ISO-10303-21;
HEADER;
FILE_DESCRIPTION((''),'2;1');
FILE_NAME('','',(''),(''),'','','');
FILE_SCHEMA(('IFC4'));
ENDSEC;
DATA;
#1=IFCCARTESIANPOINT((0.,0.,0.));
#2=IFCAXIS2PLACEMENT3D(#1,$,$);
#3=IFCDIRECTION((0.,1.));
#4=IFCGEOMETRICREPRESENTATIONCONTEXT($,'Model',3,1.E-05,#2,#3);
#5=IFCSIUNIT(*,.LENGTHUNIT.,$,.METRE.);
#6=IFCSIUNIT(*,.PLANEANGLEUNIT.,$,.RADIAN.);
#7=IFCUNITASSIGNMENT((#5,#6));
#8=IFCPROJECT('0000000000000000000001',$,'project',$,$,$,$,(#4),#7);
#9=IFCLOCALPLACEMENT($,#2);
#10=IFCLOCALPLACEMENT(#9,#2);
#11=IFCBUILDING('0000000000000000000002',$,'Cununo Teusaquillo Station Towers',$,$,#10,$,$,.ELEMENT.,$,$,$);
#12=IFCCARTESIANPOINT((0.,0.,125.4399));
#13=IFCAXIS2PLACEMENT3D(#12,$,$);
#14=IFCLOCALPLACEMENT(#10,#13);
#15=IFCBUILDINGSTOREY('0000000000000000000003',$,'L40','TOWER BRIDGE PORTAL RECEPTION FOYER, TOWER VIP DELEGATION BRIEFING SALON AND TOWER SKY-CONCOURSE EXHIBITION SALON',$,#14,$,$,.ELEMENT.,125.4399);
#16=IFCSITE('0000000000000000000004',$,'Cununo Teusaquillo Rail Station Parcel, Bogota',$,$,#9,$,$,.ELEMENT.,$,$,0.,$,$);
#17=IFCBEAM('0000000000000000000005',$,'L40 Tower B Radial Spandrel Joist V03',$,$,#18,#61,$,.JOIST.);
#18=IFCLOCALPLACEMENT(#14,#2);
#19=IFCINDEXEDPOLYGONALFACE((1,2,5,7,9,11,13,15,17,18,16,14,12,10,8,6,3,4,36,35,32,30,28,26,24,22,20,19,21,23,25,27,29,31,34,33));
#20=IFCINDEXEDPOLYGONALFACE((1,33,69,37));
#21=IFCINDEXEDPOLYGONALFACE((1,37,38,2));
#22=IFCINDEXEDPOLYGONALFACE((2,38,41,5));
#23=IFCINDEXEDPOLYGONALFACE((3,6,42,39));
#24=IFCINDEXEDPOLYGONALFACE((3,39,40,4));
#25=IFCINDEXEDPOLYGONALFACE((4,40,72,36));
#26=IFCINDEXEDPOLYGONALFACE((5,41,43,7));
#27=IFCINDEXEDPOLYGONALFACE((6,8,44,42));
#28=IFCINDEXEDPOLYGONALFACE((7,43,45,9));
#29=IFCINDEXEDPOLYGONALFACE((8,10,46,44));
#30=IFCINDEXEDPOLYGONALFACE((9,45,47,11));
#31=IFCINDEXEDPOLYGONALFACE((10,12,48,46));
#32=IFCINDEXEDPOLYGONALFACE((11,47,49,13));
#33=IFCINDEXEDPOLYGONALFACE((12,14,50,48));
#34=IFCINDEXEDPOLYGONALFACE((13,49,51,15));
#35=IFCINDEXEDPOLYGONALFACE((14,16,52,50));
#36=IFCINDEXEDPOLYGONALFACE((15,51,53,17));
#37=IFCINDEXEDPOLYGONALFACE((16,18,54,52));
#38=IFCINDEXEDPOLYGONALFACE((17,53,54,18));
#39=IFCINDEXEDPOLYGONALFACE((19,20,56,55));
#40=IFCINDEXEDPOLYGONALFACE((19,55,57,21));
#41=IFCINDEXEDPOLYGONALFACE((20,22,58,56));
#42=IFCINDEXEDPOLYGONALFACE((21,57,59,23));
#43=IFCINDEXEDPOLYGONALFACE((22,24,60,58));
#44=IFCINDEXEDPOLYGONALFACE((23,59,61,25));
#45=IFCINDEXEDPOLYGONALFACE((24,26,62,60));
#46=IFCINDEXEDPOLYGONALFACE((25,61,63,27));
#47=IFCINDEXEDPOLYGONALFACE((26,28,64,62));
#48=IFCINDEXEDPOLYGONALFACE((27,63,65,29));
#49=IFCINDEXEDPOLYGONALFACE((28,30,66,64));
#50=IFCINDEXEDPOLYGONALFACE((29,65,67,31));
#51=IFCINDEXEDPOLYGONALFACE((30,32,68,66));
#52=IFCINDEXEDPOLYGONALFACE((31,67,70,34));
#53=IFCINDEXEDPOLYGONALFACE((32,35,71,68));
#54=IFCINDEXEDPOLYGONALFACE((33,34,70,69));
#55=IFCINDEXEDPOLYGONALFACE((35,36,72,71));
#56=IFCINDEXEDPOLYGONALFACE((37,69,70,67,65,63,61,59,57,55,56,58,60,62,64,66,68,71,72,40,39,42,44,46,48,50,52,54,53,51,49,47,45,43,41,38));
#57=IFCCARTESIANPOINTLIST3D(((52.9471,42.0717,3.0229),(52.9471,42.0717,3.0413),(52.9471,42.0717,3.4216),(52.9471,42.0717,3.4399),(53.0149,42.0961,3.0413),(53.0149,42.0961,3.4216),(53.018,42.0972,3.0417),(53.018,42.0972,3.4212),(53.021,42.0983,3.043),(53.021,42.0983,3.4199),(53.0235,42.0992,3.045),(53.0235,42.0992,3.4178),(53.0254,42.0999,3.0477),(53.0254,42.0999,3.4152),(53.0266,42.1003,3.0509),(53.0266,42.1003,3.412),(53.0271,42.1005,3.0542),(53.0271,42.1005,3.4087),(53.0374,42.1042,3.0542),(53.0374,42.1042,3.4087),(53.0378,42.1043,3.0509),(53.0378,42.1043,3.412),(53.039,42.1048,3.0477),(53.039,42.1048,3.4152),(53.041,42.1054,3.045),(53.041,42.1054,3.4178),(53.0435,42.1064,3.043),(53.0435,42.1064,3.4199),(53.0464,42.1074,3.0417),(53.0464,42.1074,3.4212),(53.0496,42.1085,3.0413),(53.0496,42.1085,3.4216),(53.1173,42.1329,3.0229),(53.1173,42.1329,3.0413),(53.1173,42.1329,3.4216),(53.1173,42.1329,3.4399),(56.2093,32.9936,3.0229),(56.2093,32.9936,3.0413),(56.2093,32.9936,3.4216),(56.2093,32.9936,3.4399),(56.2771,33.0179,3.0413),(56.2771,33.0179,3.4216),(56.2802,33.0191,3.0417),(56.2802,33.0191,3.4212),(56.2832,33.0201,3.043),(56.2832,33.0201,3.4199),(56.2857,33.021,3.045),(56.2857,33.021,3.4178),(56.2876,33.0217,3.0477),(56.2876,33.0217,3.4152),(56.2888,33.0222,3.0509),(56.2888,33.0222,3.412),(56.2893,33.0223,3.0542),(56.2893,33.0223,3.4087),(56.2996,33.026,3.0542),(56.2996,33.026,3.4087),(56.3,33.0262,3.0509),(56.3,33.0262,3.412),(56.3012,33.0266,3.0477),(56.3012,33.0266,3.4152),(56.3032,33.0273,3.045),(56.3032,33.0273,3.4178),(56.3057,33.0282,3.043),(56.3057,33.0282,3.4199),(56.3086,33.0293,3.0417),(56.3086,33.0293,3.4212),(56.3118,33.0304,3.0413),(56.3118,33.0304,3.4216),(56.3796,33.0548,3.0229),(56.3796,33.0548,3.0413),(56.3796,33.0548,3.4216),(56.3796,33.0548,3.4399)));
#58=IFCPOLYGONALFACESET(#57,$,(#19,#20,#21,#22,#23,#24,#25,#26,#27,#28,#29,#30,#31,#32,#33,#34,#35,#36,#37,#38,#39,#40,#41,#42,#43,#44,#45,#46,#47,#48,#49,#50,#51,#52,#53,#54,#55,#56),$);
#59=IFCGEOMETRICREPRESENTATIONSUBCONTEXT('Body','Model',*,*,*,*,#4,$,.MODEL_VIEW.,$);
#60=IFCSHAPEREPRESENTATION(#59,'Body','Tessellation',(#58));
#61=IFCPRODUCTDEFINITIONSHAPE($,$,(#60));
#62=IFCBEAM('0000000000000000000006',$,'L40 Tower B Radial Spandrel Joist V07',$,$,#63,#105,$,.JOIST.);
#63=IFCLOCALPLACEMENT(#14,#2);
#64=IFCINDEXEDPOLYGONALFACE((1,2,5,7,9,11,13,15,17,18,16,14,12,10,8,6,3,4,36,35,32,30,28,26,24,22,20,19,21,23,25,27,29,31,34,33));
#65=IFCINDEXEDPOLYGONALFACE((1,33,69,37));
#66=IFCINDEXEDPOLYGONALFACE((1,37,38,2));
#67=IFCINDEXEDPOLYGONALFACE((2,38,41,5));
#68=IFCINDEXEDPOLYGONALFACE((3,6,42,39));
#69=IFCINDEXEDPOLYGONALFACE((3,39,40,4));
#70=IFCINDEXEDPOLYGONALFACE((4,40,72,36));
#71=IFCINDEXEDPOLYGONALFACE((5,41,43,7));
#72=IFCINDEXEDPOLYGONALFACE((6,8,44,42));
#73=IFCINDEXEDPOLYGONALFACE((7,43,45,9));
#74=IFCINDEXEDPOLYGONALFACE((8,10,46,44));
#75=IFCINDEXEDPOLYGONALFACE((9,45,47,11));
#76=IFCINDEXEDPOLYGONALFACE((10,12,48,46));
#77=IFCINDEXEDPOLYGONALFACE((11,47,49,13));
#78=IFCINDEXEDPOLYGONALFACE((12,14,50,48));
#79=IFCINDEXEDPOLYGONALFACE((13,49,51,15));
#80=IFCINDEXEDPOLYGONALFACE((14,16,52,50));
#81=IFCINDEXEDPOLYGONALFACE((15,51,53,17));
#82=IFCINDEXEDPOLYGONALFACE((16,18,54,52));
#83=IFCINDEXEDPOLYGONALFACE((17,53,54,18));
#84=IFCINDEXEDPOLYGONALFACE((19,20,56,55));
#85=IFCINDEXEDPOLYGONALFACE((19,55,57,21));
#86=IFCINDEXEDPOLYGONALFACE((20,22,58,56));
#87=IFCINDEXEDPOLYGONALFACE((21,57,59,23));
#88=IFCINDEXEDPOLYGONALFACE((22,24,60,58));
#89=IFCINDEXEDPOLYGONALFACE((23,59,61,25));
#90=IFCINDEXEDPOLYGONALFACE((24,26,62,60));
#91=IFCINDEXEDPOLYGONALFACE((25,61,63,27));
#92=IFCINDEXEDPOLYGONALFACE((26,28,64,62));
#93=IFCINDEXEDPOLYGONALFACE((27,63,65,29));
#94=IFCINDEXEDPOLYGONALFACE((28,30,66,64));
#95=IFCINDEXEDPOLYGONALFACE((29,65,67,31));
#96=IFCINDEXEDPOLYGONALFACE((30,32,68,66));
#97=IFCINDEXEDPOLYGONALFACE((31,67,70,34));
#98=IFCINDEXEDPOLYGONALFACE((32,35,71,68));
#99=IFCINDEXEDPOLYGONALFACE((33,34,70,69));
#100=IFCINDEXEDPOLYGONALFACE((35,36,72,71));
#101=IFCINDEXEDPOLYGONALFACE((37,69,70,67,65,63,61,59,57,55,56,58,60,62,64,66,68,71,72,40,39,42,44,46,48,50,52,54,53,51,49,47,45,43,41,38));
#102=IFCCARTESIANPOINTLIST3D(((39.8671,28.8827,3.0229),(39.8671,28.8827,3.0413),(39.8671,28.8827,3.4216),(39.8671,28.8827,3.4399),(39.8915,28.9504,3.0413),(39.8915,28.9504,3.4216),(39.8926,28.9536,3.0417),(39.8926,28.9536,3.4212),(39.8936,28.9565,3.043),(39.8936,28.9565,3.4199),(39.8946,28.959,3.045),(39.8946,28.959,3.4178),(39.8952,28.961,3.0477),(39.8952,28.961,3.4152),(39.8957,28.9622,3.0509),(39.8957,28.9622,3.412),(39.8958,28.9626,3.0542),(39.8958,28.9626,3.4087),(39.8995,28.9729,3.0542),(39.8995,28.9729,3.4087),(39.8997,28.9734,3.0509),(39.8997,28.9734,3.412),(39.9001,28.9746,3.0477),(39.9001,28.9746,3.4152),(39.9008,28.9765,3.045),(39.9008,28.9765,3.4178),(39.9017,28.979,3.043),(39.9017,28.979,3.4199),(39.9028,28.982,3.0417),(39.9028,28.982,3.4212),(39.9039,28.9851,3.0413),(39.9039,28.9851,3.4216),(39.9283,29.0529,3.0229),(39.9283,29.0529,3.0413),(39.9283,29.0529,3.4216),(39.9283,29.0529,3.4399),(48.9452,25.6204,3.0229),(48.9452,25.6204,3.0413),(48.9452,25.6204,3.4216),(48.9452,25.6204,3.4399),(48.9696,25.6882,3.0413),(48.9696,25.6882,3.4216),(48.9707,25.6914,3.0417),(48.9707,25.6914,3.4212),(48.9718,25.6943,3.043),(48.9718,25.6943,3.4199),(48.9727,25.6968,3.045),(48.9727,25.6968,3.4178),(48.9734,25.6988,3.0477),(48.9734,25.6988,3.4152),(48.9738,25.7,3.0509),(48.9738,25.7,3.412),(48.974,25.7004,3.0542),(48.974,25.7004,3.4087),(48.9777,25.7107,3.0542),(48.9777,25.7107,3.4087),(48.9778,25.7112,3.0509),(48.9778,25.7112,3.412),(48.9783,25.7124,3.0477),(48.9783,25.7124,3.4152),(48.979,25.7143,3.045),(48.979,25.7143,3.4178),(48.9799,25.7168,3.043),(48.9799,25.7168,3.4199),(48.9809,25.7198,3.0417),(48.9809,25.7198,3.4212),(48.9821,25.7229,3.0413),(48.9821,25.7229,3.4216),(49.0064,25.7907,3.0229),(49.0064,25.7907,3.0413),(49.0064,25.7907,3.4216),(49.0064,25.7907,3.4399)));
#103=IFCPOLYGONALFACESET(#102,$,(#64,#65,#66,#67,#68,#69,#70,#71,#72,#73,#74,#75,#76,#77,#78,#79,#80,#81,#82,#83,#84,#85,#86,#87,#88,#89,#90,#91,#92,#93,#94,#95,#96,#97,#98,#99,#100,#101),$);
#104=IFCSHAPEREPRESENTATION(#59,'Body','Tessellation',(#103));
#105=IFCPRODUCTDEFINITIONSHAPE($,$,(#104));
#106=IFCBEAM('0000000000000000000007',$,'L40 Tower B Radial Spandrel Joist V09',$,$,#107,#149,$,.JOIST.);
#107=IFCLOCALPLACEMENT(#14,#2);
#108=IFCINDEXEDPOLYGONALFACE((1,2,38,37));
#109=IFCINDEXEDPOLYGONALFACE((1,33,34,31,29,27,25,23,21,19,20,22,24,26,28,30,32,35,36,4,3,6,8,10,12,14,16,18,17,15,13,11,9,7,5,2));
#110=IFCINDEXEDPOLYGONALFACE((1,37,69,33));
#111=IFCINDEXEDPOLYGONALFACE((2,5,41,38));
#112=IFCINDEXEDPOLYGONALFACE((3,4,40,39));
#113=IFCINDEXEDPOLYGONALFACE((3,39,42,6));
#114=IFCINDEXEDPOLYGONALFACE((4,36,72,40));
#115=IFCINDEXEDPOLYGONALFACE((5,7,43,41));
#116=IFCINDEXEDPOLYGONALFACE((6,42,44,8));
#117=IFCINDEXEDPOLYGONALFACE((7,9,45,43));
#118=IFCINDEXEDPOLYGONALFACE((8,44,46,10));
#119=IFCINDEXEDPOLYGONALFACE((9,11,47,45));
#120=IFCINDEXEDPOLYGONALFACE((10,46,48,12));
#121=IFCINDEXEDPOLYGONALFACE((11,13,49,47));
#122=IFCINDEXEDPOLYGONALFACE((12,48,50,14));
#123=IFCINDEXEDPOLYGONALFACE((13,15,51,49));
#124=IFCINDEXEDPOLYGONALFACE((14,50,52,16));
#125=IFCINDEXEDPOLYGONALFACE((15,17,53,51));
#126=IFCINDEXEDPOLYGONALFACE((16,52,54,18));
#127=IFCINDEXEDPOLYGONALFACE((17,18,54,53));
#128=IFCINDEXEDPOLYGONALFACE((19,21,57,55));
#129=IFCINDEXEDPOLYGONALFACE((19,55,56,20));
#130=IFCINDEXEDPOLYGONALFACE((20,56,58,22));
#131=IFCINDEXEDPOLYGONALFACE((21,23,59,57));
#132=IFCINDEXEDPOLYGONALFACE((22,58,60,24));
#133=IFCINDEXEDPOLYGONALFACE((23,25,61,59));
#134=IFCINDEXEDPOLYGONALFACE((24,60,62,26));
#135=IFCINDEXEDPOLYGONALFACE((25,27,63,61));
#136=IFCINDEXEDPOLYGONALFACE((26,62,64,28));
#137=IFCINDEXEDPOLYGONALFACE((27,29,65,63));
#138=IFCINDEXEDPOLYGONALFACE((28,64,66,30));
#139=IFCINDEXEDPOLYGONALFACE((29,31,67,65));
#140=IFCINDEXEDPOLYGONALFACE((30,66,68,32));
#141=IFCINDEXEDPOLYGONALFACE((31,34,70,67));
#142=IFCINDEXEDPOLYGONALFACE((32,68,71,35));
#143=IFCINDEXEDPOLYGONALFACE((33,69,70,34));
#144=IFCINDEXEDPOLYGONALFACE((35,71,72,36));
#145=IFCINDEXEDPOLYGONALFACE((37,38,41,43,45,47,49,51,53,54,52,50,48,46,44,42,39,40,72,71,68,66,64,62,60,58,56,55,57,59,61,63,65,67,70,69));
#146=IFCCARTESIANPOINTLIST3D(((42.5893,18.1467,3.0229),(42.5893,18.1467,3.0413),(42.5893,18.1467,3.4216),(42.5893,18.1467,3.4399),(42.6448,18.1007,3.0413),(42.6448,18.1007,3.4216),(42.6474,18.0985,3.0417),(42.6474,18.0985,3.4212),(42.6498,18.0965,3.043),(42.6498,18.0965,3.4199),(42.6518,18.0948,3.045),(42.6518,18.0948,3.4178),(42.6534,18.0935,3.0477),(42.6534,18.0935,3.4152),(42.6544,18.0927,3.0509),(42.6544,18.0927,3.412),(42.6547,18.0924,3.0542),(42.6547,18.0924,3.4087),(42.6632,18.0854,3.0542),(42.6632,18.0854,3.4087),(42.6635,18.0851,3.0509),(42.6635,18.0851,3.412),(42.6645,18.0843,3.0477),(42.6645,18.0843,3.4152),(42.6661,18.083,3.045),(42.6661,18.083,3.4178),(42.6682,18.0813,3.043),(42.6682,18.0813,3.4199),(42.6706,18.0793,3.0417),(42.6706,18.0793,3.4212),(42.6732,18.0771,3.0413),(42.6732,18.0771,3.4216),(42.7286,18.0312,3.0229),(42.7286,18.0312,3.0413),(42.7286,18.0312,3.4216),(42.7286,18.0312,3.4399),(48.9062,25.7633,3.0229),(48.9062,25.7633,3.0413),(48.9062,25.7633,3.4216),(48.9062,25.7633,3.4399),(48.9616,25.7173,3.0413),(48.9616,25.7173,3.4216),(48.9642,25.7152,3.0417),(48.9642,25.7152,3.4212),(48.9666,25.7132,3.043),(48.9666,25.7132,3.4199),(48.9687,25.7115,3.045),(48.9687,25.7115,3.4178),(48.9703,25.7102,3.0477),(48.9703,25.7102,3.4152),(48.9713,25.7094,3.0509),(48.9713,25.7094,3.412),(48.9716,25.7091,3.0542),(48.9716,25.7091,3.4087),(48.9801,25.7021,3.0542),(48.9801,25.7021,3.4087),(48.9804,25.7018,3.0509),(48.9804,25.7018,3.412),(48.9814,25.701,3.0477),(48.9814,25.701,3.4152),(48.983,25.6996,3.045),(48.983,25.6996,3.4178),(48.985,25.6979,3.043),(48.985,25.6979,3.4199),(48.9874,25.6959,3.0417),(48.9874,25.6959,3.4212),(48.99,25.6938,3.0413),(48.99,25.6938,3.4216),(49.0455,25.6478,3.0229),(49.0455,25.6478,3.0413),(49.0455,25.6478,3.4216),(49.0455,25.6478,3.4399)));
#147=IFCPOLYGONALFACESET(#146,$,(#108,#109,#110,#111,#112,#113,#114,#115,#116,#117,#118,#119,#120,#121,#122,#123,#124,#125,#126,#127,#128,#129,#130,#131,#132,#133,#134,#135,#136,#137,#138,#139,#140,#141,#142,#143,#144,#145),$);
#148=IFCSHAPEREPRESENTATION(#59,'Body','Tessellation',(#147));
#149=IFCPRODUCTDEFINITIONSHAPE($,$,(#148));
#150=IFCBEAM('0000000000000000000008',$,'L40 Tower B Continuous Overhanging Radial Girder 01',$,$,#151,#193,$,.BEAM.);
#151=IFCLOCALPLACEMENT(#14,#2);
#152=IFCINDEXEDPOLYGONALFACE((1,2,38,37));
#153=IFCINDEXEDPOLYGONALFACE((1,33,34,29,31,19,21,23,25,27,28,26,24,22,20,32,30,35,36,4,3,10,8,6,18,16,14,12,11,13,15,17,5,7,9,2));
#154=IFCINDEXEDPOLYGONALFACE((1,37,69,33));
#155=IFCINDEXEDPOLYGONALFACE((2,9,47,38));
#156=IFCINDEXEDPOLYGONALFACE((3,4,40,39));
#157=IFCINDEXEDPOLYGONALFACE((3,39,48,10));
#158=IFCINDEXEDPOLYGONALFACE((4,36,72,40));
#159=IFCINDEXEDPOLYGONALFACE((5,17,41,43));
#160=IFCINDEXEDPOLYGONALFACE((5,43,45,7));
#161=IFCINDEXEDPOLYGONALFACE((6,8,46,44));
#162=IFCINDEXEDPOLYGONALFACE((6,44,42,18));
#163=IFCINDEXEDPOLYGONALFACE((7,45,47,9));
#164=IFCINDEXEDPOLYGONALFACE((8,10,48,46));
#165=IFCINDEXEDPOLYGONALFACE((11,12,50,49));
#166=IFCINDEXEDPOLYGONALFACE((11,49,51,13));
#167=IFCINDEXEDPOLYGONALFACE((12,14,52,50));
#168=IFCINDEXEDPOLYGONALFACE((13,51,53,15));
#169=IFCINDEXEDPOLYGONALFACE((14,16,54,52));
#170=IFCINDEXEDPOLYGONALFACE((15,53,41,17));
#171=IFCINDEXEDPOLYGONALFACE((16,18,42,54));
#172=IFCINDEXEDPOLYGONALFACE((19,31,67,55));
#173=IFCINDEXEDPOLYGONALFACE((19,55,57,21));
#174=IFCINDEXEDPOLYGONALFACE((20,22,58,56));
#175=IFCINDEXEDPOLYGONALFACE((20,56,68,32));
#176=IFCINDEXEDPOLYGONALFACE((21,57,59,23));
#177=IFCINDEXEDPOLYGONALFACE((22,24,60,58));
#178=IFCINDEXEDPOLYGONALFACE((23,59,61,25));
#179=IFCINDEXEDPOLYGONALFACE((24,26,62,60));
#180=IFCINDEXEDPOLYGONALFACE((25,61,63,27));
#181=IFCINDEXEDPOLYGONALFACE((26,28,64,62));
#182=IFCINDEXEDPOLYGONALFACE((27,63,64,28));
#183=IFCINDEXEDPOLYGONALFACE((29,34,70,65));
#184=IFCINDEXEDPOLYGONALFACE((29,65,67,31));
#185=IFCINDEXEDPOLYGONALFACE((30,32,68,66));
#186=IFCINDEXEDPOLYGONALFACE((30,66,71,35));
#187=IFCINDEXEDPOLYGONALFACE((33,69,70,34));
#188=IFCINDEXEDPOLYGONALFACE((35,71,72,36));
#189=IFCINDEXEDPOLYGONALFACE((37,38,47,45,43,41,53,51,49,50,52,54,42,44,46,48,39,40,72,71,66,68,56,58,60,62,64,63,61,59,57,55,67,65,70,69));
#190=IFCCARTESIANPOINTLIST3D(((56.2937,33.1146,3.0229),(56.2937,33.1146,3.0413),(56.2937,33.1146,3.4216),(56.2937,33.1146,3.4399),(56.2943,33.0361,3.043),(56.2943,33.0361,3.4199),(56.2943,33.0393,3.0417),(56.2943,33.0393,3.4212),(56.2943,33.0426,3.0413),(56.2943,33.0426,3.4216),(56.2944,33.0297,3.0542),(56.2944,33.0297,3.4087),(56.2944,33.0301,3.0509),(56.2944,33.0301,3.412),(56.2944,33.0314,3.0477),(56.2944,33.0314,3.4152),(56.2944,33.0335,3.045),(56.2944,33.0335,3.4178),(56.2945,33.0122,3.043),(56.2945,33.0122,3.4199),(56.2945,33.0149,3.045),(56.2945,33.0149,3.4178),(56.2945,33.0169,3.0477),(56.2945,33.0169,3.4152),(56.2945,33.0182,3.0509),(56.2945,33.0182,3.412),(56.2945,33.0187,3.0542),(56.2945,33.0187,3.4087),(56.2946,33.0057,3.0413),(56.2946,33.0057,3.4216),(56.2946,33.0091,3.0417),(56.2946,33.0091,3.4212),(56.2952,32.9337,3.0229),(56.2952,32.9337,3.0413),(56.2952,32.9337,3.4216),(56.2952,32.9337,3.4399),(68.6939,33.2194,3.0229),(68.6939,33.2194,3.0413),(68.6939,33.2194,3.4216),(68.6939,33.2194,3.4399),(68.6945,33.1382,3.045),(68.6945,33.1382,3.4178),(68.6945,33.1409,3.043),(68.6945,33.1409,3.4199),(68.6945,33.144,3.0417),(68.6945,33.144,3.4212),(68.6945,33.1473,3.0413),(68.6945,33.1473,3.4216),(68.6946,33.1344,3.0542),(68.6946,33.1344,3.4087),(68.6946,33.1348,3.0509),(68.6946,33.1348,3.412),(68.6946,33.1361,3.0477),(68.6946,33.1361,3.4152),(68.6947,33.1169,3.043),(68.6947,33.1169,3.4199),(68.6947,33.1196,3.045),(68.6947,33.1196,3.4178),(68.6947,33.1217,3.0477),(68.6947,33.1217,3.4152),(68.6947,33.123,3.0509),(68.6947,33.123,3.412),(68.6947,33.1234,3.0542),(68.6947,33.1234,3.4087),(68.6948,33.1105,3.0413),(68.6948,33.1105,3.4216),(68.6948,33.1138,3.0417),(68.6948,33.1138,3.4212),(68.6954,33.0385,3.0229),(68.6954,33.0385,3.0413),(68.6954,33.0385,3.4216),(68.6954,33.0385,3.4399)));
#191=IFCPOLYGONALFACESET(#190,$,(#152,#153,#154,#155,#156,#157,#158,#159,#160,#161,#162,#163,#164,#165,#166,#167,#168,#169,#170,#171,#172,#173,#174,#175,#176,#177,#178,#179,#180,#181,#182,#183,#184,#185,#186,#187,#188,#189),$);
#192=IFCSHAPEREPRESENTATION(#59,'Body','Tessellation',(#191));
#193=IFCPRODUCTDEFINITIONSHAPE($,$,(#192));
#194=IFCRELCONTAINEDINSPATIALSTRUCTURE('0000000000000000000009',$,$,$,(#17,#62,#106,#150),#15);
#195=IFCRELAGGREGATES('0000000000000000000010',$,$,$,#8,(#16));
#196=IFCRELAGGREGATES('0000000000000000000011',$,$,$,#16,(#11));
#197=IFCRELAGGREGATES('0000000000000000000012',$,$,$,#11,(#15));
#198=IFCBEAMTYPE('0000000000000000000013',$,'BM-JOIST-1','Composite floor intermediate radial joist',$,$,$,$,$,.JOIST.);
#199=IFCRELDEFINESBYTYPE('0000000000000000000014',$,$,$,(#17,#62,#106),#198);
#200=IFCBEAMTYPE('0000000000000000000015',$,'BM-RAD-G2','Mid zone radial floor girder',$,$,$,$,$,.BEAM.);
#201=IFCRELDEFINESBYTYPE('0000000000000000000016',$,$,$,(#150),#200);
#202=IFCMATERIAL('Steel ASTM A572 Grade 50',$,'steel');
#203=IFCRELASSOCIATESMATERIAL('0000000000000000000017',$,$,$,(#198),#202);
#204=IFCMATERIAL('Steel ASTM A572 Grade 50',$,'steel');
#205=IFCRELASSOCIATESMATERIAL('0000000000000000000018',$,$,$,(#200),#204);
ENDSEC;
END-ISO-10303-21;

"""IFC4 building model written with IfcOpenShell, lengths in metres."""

from ifc_helpers import new_model, si_unit, direction, frame, origin, origin_2d, place, context, subcontext, project, spatial, i_section, extrude, material, material_profile, profile_set, type_object, element, save


model = new_model("IFC4")

# Units and contexts
model_context = context("Model", 3, precision=1e-05, world=origin(), true_north=direction((0.0, 1.0)))
body_context = subcontext(model_context, "Body", "Model", "MODEL_VIEW")
ifc_project = project(units=[si_unit("LENGTHUNIT", "METRE"), si_unit("PLANEANGLEUNIT", "RADIAN")], contexts=[model_context])

# Site, building, storey
site_placement = place(None, origin())
site = spatial("IfcSite", under=ifc_project, at=site_placement, Name="Cununo Teusaquillo Rail Station Parcel, Bogota", CompositionType="ELEMENT", RefElevation=0.0)
building_placement = place(site_placement, origin())
building = spatial("IfcBuilding", under=site, at=building_placement, Name="Cununo Teusaquillo Station Towers", CompositionType="ELEMENT")
storey_placement = place(building_placement, frame((0.0, 0.0, 125.4399)))
storey = spatial("IfcBuildingStorey", under=building, at=storey_placement, Name="L40", Description="TOWER BRIDGE PORTAL RECEPTION FOYER, TOWER VIP DELEGATION BRIEFING SALON AND TOWER SKY-CONCOURSE EXHIBITION SALON", CompositionType="ELEMENT", Elevation=125.4399)

# Beams
ifc_material_1 = material(Name="Steel ASTM A572 Grade 50", Category="steel")
ifc_material_profile_1 = material_profile(ifc_material_1, i_section(OverallWidth=0.1809, OverallDepth=0.417, WebThickness=0.011, FlangeThickness=0.0183, FilletRadius=0.0129, at=origin_2d()), Name="W16X57")
ifc_profile_set_1 = profile_set([ifc_material_profile_1], Name="Steel ASTM A572 Grade 50")
beam_type_1 = type_object("IfcBeamType", Name="BM-JOIST-1", Description="Composite floor intermediate radial joist", PredefinedType="JOIST", material=ifc_profile_set_1)
for number, where, z_axis, x_axis, name in (
    (1, (56.2944, 33.0242, 3.2314), (-0.338176, 0.941083, 0.0), (-0.941083, -0.338176, 0.0), "L40 Tower B Radial Spandrel Joist V03"),
    (2, (48.9758, 25.7056, 3.2314), (-0.941083, 0.338176, 0.0), (-0.338176, -0.941083, 0.0), "L40 Tower B Radial Spandrel Joist V07"),
):
    element("IfcBeam", number, at=place(storey_placement, frame(where, z_axis=z_axis, x_axis=x_axis)), inside=storey, type_object=beam_type_1, Name=name, PredefinedType="JOIST", context=body_context, shape_type="SweptSolid", body=[
        extrude(i_section(OverallWidth=0.1809, OverallDepth=0.417, WebThickness=0.011, FlangeThickness=0.0183, FilletRadius=0.0129, at=origin_2d()), origin(), (0.0, 0.0, 1.0), 9.6465),
    ])
beam_1_placement = place(storey_placement, frame((48.9758, 25.7056, 3.2314), z_axis=(-0.638372, -0.769728, 0.0), x_axis=(0.769728, -0.638372, 0.0)))
element("IfcBeam", 3, at=beam_1_placement, inside=storey, type_object=beam_type_1, Name="L40 Tower B Radial Spandrel Joist V09", PredefinedType="JOIST", context=body_context, shape_type="SweptSolid", body=[
    extrude(i_section(OverallWidth=0.1809, OverallDepth=0.417, WebThickness=0.011, FlangeThickness=0.0183, FilletRadius=0.0129, at=origin_2d()), origin(), (0.0, 0.0, 1.0), 9.8953),
])
ifc_material_2 = material(Name="Steel ASTM A572 Grade 50", Category="steel")
ifc_material_profile_2 = material_profile(ifc_material_2, i_section(OverallWidth=0.1809, OverallDepth=0.417, WebThickness=0.011, FlangeThickness=0.0183, FilletRadius=0.0129, at=origin_2d()), Name="W16X57")
ifc_profile_set_2 = profile_set([ifc_material_profile_2], Name="Steel ASTM A572 Grade 50")
beam_type_2 = type_object("IfcBeamType", Name="BM-RAD-G2", Description="Mid zone radial floor girder", PredefinedType="BEAM", material=ifc_profile_set_2)
beam_2_placement = place(storey_placement, frame((56.2944, 33.0242, 3.2314), z_axis=(0.999964, 0.008446, 0.0), x_axis=(-0.008446, 0.999964, 0.0)))
element("IfcBeam", 4, at=beam_2_placement, inside=storey, type_object=beam_type_2, Name="L40 Tower B Continuous Overhanging Radial Girder 01", PredefinedType="BEAM", context=body_context, shape_type="SweptSolid", body=[
    extrude(i_section(OverallWidth=0.1809, OverallDepth=0.417, WebThickness=0.011, FlangeThickness=0.0183, FilletRadius=0.0129, at=origin_2d()), origin(), (0.0, 0.0, 1.0), 12.4006),
])

save(model, "model.ifc")
